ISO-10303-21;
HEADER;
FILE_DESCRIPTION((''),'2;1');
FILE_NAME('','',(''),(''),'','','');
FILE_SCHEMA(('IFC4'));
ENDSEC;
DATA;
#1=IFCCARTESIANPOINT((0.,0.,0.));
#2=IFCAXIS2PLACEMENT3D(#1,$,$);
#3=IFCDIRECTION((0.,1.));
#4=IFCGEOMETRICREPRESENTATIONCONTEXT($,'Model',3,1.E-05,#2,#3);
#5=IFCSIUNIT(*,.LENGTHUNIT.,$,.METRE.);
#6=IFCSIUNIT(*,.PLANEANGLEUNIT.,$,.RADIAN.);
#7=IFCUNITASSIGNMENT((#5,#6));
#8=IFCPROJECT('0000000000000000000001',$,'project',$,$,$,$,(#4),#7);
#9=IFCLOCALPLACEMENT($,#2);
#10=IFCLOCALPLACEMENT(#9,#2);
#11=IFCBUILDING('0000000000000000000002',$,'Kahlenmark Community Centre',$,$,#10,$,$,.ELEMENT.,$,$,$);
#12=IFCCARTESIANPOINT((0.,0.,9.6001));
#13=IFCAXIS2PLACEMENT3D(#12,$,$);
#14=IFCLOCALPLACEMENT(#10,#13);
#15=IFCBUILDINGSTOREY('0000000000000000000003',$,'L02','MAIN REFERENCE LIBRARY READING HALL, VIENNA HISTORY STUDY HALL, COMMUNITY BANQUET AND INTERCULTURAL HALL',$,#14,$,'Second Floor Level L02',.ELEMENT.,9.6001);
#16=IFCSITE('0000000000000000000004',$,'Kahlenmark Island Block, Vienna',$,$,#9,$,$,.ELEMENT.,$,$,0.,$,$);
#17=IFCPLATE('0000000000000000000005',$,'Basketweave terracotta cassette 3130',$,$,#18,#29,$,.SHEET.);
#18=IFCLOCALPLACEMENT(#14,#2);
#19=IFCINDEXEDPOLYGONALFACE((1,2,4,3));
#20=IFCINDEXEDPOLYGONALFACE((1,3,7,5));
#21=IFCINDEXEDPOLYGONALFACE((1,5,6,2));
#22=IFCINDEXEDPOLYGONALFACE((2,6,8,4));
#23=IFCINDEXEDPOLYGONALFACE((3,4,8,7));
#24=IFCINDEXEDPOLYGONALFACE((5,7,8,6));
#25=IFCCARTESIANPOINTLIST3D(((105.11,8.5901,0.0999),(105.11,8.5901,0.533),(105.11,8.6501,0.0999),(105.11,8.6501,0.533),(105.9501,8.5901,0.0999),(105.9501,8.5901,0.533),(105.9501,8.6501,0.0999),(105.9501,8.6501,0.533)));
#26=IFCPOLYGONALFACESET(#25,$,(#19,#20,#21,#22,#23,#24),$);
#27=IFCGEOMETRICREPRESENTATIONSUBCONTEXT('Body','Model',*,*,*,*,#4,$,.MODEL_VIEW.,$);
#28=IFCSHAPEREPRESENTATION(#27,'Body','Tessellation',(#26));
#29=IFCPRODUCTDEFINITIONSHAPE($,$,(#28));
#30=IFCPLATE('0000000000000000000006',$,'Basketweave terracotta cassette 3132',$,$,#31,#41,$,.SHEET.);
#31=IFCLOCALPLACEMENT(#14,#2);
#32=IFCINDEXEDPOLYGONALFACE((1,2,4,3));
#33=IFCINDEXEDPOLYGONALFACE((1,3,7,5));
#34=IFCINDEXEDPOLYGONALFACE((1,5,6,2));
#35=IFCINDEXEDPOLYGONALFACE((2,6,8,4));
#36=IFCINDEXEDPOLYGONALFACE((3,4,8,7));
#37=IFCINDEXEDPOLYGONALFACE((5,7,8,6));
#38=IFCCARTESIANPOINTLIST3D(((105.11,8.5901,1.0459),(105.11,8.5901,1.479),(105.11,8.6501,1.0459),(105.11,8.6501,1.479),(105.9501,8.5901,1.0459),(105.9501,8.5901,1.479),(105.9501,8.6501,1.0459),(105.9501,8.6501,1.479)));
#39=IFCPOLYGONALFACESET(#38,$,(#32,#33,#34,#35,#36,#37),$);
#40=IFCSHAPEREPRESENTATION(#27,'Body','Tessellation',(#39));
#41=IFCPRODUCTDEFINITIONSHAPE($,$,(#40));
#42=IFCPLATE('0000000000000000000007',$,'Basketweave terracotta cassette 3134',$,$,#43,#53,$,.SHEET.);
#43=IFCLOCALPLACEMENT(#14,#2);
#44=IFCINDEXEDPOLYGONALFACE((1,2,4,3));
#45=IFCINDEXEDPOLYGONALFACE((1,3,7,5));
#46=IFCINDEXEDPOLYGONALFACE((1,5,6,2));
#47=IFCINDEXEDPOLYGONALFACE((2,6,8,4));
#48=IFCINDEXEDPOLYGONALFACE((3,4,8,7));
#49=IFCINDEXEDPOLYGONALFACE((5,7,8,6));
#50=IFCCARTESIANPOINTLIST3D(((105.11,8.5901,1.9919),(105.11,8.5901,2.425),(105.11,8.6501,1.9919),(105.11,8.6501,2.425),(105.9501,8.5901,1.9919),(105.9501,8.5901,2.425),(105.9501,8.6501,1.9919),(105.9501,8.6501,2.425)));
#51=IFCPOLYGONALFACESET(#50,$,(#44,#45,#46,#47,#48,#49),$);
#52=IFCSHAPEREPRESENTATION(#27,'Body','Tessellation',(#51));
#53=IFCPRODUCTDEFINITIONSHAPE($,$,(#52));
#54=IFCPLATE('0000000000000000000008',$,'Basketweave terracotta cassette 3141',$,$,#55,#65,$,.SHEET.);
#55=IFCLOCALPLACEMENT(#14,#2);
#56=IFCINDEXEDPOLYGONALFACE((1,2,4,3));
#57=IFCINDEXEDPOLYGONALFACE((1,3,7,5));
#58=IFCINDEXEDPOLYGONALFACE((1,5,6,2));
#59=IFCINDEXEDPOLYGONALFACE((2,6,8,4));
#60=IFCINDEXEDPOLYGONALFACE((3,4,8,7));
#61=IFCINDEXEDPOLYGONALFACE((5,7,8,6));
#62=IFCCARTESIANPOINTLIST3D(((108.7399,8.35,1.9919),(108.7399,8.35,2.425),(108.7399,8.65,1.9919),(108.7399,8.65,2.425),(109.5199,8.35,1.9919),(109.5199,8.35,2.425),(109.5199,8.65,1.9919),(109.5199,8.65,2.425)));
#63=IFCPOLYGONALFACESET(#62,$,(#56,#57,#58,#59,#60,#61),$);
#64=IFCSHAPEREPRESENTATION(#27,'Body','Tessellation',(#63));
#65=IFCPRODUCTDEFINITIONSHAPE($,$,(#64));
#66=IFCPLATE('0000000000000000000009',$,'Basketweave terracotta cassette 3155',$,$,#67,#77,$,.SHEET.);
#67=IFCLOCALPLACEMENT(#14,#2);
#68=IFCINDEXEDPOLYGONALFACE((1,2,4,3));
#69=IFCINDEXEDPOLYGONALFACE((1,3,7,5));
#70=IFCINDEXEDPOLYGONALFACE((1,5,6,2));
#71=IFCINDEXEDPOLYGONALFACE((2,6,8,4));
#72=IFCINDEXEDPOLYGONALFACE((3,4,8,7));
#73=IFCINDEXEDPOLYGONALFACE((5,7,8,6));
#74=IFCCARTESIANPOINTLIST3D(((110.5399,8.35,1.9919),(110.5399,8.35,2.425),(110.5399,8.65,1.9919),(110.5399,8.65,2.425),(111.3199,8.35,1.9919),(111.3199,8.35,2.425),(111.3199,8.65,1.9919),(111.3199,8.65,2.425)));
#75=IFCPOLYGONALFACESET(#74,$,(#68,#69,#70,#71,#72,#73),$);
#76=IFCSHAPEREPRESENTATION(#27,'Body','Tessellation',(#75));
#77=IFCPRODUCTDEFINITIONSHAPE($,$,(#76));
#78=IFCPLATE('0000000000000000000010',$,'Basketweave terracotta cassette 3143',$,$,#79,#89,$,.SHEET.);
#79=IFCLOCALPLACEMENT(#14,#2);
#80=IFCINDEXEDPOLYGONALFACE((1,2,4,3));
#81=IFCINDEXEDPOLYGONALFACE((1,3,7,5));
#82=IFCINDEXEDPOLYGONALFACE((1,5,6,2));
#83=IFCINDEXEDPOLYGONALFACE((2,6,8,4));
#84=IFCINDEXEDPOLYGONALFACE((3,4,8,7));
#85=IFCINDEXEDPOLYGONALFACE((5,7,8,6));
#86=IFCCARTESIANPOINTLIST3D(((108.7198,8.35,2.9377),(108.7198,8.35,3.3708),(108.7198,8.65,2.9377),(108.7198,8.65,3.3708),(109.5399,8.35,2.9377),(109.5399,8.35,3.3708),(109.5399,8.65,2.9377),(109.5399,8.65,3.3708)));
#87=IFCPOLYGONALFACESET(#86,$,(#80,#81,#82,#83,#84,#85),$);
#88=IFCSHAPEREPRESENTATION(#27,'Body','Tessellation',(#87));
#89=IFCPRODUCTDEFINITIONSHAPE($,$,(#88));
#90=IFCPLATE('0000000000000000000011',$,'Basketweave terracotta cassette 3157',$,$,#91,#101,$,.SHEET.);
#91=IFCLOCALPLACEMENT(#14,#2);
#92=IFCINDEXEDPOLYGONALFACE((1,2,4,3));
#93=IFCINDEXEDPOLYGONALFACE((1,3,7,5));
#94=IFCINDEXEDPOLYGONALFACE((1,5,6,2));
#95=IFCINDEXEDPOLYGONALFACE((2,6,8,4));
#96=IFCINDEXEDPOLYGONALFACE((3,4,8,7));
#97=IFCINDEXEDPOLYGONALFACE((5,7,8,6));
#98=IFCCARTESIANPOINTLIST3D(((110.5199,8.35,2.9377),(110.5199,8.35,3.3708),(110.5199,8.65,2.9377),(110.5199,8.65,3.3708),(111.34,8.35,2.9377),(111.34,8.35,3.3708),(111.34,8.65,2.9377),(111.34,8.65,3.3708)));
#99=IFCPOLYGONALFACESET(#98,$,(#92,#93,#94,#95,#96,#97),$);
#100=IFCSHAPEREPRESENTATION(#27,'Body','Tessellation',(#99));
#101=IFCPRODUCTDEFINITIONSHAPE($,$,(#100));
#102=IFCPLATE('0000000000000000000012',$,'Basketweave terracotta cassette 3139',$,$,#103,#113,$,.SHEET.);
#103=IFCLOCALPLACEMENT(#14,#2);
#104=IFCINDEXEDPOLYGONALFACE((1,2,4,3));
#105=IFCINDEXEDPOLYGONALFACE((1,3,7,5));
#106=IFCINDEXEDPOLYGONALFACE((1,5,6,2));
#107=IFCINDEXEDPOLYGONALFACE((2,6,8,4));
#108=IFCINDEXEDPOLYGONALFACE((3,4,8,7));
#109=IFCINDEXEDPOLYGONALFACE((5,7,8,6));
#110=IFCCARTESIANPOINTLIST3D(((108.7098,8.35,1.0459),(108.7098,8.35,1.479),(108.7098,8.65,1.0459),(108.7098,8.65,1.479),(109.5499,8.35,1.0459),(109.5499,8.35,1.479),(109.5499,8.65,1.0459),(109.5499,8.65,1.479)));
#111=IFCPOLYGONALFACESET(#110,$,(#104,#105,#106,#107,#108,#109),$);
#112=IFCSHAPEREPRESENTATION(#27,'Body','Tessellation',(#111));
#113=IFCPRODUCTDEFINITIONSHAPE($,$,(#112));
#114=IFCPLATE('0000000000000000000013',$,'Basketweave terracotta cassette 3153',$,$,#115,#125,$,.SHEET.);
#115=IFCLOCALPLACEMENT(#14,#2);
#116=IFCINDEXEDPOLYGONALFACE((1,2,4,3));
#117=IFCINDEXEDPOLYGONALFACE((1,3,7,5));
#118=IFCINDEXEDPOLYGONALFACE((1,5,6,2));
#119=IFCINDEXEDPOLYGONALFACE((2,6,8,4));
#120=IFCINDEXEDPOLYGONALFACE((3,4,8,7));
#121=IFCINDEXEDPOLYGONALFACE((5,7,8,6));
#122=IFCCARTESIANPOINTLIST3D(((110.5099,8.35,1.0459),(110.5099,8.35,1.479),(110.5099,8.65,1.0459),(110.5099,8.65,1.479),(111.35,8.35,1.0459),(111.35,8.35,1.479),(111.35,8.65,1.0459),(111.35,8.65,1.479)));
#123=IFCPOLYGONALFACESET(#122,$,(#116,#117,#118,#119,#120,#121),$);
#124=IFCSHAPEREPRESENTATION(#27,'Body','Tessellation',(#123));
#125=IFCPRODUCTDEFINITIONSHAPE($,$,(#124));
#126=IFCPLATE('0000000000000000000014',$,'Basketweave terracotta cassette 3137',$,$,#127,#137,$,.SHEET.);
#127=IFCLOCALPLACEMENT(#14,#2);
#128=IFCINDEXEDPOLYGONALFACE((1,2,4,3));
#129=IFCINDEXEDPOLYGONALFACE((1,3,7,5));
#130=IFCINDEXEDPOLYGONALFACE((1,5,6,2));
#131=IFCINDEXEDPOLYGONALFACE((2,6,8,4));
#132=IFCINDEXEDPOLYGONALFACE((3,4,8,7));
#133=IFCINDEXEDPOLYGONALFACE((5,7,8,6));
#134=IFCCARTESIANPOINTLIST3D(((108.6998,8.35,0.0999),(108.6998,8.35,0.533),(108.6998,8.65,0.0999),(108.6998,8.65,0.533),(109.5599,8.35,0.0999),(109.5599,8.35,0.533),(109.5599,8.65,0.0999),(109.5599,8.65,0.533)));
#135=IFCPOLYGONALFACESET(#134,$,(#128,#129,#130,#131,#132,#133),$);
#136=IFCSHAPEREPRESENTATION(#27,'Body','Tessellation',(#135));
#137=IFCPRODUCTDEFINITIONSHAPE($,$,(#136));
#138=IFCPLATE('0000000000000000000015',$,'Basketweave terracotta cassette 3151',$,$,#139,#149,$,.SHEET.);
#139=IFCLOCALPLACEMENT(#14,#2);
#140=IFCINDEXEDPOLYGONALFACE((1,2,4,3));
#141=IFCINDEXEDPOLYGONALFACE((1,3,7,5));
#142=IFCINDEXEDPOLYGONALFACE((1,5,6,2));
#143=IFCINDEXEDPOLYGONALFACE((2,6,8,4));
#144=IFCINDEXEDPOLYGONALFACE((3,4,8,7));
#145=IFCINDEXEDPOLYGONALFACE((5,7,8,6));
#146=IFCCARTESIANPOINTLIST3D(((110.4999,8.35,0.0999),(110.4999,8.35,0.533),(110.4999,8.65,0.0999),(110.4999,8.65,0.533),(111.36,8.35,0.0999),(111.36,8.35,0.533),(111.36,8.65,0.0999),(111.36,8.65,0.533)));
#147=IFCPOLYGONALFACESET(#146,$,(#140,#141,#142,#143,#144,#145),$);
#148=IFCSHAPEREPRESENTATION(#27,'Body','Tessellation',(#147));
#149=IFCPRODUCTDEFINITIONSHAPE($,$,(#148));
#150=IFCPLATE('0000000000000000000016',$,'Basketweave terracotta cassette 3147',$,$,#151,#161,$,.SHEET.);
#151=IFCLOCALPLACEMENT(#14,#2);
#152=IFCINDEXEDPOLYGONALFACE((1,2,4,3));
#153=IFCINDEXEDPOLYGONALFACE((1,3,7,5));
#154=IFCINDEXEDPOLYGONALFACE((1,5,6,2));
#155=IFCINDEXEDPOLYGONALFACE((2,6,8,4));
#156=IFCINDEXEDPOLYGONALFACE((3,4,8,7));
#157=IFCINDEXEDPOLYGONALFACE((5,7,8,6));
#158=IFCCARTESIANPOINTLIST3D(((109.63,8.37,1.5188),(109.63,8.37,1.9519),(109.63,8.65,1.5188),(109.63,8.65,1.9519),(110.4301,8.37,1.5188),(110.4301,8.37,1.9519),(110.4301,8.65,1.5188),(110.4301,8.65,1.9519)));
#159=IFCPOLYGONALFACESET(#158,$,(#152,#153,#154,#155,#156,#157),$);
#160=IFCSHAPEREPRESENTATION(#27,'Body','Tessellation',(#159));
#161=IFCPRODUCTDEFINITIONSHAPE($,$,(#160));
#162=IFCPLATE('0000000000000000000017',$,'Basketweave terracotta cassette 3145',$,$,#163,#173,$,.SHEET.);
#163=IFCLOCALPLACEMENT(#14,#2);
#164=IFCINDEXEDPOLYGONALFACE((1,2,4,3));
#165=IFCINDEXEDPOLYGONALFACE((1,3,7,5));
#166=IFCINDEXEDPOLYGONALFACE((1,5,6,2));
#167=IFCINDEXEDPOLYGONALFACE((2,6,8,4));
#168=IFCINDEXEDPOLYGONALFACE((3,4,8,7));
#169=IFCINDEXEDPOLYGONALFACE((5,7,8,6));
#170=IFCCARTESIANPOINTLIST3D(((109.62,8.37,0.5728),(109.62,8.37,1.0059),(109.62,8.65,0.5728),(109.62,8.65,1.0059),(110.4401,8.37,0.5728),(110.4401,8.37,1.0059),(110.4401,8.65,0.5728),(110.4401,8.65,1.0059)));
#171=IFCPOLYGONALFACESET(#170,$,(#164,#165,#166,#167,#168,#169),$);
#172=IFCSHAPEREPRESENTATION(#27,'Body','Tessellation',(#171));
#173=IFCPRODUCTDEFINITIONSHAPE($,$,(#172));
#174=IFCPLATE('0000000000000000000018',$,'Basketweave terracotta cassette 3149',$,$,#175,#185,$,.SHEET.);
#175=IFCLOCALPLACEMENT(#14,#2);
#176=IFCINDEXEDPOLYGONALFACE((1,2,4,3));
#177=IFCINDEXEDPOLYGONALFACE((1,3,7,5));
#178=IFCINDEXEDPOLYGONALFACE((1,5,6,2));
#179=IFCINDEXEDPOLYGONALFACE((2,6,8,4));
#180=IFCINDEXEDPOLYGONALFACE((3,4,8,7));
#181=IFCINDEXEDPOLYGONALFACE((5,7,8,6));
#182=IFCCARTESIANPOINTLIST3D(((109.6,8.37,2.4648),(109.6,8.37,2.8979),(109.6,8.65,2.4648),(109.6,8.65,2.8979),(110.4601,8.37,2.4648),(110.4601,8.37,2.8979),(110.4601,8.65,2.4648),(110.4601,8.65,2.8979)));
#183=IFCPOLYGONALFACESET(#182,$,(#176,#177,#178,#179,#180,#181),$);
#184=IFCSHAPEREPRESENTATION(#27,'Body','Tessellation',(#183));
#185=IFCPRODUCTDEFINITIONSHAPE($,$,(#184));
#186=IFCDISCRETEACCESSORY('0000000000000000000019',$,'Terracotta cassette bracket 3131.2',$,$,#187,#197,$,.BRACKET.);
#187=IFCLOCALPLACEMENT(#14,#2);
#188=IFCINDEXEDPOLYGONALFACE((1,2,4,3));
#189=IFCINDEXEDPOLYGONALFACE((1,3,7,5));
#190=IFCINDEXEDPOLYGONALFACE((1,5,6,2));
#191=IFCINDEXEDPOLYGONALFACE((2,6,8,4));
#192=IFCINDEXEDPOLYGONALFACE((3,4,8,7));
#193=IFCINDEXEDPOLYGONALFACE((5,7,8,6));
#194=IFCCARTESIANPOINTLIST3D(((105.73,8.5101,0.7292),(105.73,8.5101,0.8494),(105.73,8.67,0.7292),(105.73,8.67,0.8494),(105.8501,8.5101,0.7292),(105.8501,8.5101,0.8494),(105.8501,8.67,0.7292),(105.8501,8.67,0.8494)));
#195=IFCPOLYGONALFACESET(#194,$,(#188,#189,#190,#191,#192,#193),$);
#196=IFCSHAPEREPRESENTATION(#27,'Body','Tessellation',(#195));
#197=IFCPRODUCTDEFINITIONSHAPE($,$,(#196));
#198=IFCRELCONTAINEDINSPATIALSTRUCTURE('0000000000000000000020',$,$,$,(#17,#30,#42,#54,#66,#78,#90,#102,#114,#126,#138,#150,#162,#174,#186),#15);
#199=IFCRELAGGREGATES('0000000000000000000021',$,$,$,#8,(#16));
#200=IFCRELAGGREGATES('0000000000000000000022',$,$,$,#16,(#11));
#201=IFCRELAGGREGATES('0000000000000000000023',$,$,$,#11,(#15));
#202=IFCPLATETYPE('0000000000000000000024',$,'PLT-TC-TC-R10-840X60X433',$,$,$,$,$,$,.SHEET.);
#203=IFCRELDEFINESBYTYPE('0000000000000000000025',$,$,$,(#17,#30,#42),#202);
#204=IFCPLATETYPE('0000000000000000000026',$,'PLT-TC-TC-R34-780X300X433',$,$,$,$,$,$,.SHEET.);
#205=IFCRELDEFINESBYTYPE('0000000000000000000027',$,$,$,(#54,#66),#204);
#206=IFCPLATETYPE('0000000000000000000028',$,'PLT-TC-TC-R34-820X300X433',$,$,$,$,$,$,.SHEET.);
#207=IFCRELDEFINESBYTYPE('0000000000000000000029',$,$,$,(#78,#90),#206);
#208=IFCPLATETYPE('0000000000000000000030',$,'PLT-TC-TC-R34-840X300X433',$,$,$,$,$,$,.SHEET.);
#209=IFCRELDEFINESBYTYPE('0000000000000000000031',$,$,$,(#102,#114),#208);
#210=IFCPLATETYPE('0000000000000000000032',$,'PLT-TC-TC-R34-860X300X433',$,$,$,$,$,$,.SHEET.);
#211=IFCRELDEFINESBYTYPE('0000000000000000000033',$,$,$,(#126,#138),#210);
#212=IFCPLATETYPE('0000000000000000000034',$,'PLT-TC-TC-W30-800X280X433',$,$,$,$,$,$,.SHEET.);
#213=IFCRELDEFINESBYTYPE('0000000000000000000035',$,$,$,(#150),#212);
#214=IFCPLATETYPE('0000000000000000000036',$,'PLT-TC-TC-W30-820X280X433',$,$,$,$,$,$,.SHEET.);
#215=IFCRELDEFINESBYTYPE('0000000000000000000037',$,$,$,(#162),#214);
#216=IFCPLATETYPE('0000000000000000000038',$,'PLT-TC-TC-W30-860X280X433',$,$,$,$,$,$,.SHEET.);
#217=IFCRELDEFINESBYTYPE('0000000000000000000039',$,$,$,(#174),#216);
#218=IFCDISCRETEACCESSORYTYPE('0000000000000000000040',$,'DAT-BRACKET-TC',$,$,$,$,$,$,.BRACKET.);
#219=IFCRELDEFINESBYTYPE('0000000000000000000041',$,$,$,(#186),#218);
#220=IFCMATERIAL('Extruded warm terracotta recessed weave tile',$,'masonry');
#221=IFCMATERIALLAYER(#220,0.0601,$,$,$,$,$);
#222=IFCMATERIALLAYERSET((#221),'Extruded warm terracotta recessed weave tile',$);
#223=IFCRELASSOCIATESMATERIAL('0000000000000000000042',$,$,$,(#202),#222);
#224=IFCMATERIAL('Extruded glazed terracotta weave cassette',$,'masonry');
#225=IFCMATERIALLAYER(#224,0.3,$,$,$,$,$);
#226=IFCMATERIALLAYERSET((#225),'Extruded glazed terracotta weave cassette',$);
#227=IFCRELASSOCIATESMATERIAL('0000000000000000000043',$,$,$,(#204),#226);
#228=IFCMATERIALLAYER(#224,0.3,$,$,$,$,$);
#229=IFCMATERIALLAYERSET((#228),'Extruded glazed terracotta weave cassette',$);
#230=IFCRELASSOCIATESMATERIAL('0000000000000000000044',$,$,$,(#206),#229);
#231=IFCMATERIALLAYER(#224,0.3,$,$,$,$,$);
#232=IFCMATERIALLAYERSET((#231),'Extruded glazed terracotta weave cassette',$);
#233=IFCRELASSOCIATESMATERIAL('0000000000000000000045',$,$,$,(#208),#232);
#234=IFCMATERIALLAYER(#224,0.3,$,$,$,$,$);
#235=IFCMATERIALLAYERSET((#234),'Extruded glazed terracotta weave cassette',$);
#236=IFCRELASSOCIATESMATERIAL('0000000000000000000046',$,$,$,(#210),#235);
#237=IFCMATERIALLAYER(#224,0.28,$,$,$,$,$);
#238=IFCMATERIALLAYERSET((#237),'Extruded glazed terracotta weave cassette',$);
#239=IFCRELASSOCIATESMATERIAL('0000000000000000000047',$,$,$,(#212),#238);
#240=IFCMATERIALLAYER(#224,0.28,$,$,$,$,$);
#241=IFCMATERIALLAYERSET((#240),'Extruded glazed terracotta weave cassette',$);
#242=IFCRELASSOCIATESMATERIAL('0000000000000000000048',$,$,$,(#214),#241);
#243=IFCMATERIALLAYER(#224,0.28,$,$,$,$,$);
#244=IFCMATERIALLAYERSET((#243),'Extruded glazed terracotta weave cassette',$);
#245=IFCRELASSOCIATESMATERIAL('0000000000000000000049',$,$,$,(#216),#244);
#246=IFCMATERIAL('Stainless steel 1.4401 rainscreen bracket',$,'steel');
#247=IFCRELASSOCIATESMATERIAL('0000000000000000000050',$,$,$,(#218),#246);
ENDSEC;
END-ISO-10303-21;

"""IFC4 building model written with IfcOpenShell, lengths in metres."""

from ifc_helpers import new_model, si_unit, direction, frame, origin, origin_2d, place, context, subcontext, project, spatial, rectangle, extrude, material, layer, layer_set, type_object, element, save


model = new_model("IFC4")

# Units and contexts
model_context = context("Model", 3, precision=1e-05, world=origin(), true_north=direction((0.0, 1.0)))
body_context = subcontext(model_context, "Body", "Model", "MODEL_VIEW")
ifc_project = project(units=[si_unit("LENGTHUNIT", "METRE"), si_unit("PLANEANGLEUNIT", "RADIAN")], contexts=[model_context])

# Site, building, storey
site_placement = place(None, origin())
site = spatial("IfcSite", under=ifc_project, at=site_placement, Name="Kahlenmark Island Block, Vienna", CompositionType="ELEMENT", RefElevation=0.0)
building_placement = place(site_placement, origin())
building = spatial("IfcBuilding", under=site, at=building_placement, Name="Kahlenmark Community Centre", CompositionType="ELEMENT")
storey_placement = place(building_placement, frame((0.0, 0.0, 9.6001)))
storey = spatial("IfcBuildingStorey", under=building, at=storey_placement, Name="L02", Description="MAIN REFERENCE LIBRARY READING HALL, VIENNA HISTORY STUDY HALL, COMMUNITY BANQUET AND INTERCULTURAL HALL", LongName="Second Floor Level L02", CompositionType="ELEMENT", Elevation=9.6001)

# Plates
ifc_material_1 = material(Name="Extruded warm terracotta recessed weave tile", Category="masonry")
ifc_layer_1 = layer(ifc_material_1, 0.0601)
ifc_layer_set_1 = layer_set([ifc_layer_1], Name="Extruded warm terracotta recessed weave tile")
plate_type_1 = type_object("IfcPlateType", Name="PLT-TC-TC-R10-840X60X433", PredefinedType="SHEET", material=ifc_layer_set_1)
for number, where, z_axis, x_axis, name in (
    (1, (105.53, 8.6201, 0.0999), (0.0, 0.0, 1.0), (1.0, 0.0, 0.0), "Basketweave terracotta cassette 3130"),
    (2, (105.53, 8.6201, 1.0459), (0.0, 0.0, 1.0), (1.0, 0.0, 0.0), "Basketweave terracotta cassette 3132"),
    (3, (105.53, 8.6201, 1.9919), (0.0, 0.0, 1.0), (1.0, 0.0, 0.0), "Basketweave terracotta cassette 3134"),
):
    element("IfcPlate", number, at=place(storey_placement, frame(where, z_axis=z_axis, x_axis=x_axis)), inside=storey, type_object=plate_type_1, Name=name, PredefinedType="SHEET", context=body_context, shape_type="SweptSolid", body=[
        extrude(rectangle(XDim=0.8401, YDim=0.0601, at=origin_2d()), origin(), (0.0, 0.0, 1.0), 0.4331),
    ])
ifc_material_2 = material(Name="Extruded glazed terracotta weave cassette", Category="masonry")
ifc_layer_2 = layer(ifc_material_2, 0.3)
ifc_layer_set_2 = layer_set([ifc_layer_2], Name="Extruded glazed terracotta weave cassette")
plate_type_2 = type_object("IfcPlateType", Name="PLT-TC-TC-R34-780X300X433", PredefinedType="SHEET", material=ifc_layer_set_2)
for number, where, z_axis, x_axis, name in (
    (4, (109.1299, 8.5, 1.9919), (0.0, 0.0, 1.0), (1.0, 0.0, 0.0), "Basketweave terracotta cassette 3141"),
    (5, (110.9299, 8.5, 1.9919), (0.0, 0.0, 1.0), (1.0, 0.0, 0.0), "Basketweave terracotta cassette 3155"),
):
    element("IfcPlate", number, at=place(storey_placement, frame(where, z_axis=z_axis, x_axis=x_axis)), inside=storey, type_object=plate_type_2, Name=name, PredefinedType="SHEET", context=body_context, shape_type="SweptSolid", body=[
        extrude(rectangle(XDim=0.78, YDim=0.3, at=origin_2d()), origin(), (0.0, 0.0, 1.0), 0.4331),
    ])
ifc_layer_3 = layer(ifc_material_2, 0.3)
ifc_layer_set_3 = layer_set([ifc_layer_3], Name="Extruded glazed terracotta weave cassette")
plate_type_3 = type_object("IfcPlateType", Name="PLT-TC-TC-R34-820X300X433", PredefinedType="SHEET", material=ifc_layer_set_3)
for number, where, z_axis, x_axis, name in (
    (6, (109.1299, 8.5, 2.9377), (0.0, 0.0, 1.0), (1.0, 0.0, 0.0), "Basketweave terracotta cassette 3143"),
    (7, (110.9299, 8.5, 2.9377), (0.0, 0.0, 1.0), (1.0, 0.0, 0.0), "Basketweave terracotta cassette 3157"),
):
    element("IfcPlate", number, at=place(storey_placement, frame(where, z_axis=z_axis, x_axis=x_axis)), inside=storey, type_object=plate_type_3, Name=name, PredefinedType="SHEET", context=body_context, shape_type="SweptSolid", body=[
        extrude(rectangle(XDim=0.8201, YDim=0.3, at=origin_2d()), origin(), (0.0, 0.0, 1.0), 0.4331),
    ])
ifc_layer_4 = layer(ifc_material_2, 0.3)
ifc_layer_set_4 = layer_set([ifc_layer_4], Name="Extruded glazed terracotta weave cassette")
plate_type_4 = type_object("IfcPlateType", Name="PLT-TC-TC-R34-840X300X433", PredefinedType="SHEET", material=ifc_layer_set_4)
for number, where, z_axis, x_axis, name in (
    (8, (109.1299, 8.5, 1.0459), (0.0, 0.0, 1.0), (1.0, 0.0, 0.0), "Basketweave terracotta cassette 3139"),
    (9, (110.9299, 8.5, 1.0459), (0.0, 0.0, 1.0), (1.0, 0.0, 0.0), "Basketweave terracotta cassette 3153"),
):
    element("IfcPlate", number, at=place(storey_placement, frame(where, z_axis=z_axis, x_axis=x_axis)), inside=storey, type_object=plate_type_4, Name=name, PredefinedType="SHEET", context=body_context, shape_type="SweptSolid", body=[
        extrude(rectangle(XDim=0.8401, YDim=0.3, at=origin_2d()), origin(), (0.0, 0.0, 1.0), 0.4331),
    ])
ifc_layer_5 = layer(ifc_material_2, 0.3)
ifc_layer_set_5 = layer_set([ifc_layer_5], Name="Extruded glazed terracotta weave cassette")
plate_type_5 = type_object("IfcPlateType", Name="PLT-TC-TC-R34-860X300X433", PredefinedType="SHEET", material=ifc_layer_set_5)
for number, where, z_axis, x_axis, name in (
    (10, (109.1299, 8.5, 0.0999), (0.0, 0.0, 1.0), (1.0, 0.0, 0.0), "Basketweave terracotta cassette 3137"),
    (11, (110.9299, 8.5, 0.0999), (0.0, 0.0, 1.0), (1.0, 0.0, 0.0), "Basketweave terracotta cassette 3151"),
):
    element("IfcPlate", number, at=place(storey_placement, frame(where, z_axis=z_axis, x_axis=x_axis)), inside=storey, type_object=plate_type_5, Name=name, PredefinedType="SHEET", context=body_context, shape_type="SweptSolid", body=[
        extrude(rectangle(XDim=0.8601, YDim=0.3, at=origin_2d()), origin(), (0.0, 0.0, 1.0), 0.4331),
    ])
ifc_layer_6 = layer(ifc_material_2, 0.28)
ifc_layer_set_6 = layer_set([ifc_layer_6], Name="Extruded glazed terracotta weave cassette")
plate_type_6 = type_object("IfcPlateType", Name="PLT-TC-TC-W30-800X280X433", PredefinedType="SHEET", material=ifc_layer_set_6)
plate_1_placement = place(storey_placement, frame((110.03, 8.51, 1.5188), z_axis=(0.0, 0.0, 1.0), x_axis=(1.0, 0.0, 0.0)))
element("IfcPlate", 12, at=plate_1_placement, inside=storey, type_object=plate_type_6, Name="Basketweave terracotta cassette 3147", PredefinedType="SHEET", context=body_context, shape_type="SweptSolid", body=[
    extrude(rectangle(XDim=0.8, YDim=0.28, at=origin_2d()), origin(), (0.0, 0.0, 1.0), 0.4331),
])
ifc_layer_7 = layer(ifc_material_2, 0.28)
ifc_layer_set_7 = layer_set([ifc_layer_7], Name="Extruded glazed terracotta weave cassette")
plate_type_7 = type_object("IfcPlateType", Name="PLT-TC-TC-W30-820X280X433", PredefinedType="SHEET", material=ifc_layer_set_7)
plate_2_placement = place(storey_placement, frame((110.03, 8.51, 0.5728), z_axis=(0.0, 0.0, 1.0), x_axis=(1.0, 0.0, 0.0)))
element("IfcPlate", 13, at=plate_2_placement, inside=storey, type_object=plate_type_7, Name="Basketweave terracotta cassette 3145", PredefinedType="SHEET", context=body_context, shape_type="SweptSolid", body=[
    extrude(rectangle(XDim=0.8201, YDim=0.28, at=origin_2d()), origin(), (0.0, 0.0, 1.0), 0.4331),
])
ifc_layer_8 = layer(ifc_material_2, 0.28)
ifc_layer_set_8 = layer_set([ifc_layer_8], Name="Extruded glazed terracotta weave cassette")
plate_type_8 = type_object("IfcPlateType", Name="PLT-TC-TC-W30-860X280X433", PredefinedType="SHEET", material=ifc_layer_set_8)
plate_3_placement = place(storey_placement, frame((110.03, 8.51, 2.4648), z_axis=(0.0, 0.0, 1.0), x_axis=(1.0, 0.0, 0.0)))
element("IfcPlate", 14, at=plate_3_placement, inside=storey, type_object=plate_type_8, Name="Basketweave terracotta cassette 3149", PredefinedType="SHEET", context=body_context, shape_type="SweptSolid", body=[
    extrude(rectangle(XDim=0.8601, YDim=0.28, at=origin_2d()), origin(), (0.0, 0.0, 1.0), 0.4331),
])

# Discrete accessory
ifc_material_3 = material(Name="Stainless steel 1.4401 rainscreen bracket", Category="steel")
discrete_accessory_type = type_object("IfcDiscreteAccessoryType", Name="DAT-BRACKET-TC", PredefinedType="BRACKET", material=ifc_material_3)
for number, where, z_axis, x_axis, name in (
    (15, (105.79, 8.5901, 0.7292), (0.0, 0.0, 1.0), (1.0, 0.0, 0.0), "Terracotta cassette bracket 3131.2"),
):
    element("IfcDiscreteAccessory", number, at=place(storey_placement, frame(where, z_axis=z_axis, x_axis=x_axis)), inside=storey, type_object=discrete_accessory_type, Name=name, PredefinedType="BRACKET", context=body_context, shape_type="SweptSolid", body=[
        extrude(rectangle(XDim=0.1201, YDim=0.1599, at=origin_2d()), origin(), (0.0, 0.0, 1.0), 0.1201),
    ])

save(model, "model.ifc")
